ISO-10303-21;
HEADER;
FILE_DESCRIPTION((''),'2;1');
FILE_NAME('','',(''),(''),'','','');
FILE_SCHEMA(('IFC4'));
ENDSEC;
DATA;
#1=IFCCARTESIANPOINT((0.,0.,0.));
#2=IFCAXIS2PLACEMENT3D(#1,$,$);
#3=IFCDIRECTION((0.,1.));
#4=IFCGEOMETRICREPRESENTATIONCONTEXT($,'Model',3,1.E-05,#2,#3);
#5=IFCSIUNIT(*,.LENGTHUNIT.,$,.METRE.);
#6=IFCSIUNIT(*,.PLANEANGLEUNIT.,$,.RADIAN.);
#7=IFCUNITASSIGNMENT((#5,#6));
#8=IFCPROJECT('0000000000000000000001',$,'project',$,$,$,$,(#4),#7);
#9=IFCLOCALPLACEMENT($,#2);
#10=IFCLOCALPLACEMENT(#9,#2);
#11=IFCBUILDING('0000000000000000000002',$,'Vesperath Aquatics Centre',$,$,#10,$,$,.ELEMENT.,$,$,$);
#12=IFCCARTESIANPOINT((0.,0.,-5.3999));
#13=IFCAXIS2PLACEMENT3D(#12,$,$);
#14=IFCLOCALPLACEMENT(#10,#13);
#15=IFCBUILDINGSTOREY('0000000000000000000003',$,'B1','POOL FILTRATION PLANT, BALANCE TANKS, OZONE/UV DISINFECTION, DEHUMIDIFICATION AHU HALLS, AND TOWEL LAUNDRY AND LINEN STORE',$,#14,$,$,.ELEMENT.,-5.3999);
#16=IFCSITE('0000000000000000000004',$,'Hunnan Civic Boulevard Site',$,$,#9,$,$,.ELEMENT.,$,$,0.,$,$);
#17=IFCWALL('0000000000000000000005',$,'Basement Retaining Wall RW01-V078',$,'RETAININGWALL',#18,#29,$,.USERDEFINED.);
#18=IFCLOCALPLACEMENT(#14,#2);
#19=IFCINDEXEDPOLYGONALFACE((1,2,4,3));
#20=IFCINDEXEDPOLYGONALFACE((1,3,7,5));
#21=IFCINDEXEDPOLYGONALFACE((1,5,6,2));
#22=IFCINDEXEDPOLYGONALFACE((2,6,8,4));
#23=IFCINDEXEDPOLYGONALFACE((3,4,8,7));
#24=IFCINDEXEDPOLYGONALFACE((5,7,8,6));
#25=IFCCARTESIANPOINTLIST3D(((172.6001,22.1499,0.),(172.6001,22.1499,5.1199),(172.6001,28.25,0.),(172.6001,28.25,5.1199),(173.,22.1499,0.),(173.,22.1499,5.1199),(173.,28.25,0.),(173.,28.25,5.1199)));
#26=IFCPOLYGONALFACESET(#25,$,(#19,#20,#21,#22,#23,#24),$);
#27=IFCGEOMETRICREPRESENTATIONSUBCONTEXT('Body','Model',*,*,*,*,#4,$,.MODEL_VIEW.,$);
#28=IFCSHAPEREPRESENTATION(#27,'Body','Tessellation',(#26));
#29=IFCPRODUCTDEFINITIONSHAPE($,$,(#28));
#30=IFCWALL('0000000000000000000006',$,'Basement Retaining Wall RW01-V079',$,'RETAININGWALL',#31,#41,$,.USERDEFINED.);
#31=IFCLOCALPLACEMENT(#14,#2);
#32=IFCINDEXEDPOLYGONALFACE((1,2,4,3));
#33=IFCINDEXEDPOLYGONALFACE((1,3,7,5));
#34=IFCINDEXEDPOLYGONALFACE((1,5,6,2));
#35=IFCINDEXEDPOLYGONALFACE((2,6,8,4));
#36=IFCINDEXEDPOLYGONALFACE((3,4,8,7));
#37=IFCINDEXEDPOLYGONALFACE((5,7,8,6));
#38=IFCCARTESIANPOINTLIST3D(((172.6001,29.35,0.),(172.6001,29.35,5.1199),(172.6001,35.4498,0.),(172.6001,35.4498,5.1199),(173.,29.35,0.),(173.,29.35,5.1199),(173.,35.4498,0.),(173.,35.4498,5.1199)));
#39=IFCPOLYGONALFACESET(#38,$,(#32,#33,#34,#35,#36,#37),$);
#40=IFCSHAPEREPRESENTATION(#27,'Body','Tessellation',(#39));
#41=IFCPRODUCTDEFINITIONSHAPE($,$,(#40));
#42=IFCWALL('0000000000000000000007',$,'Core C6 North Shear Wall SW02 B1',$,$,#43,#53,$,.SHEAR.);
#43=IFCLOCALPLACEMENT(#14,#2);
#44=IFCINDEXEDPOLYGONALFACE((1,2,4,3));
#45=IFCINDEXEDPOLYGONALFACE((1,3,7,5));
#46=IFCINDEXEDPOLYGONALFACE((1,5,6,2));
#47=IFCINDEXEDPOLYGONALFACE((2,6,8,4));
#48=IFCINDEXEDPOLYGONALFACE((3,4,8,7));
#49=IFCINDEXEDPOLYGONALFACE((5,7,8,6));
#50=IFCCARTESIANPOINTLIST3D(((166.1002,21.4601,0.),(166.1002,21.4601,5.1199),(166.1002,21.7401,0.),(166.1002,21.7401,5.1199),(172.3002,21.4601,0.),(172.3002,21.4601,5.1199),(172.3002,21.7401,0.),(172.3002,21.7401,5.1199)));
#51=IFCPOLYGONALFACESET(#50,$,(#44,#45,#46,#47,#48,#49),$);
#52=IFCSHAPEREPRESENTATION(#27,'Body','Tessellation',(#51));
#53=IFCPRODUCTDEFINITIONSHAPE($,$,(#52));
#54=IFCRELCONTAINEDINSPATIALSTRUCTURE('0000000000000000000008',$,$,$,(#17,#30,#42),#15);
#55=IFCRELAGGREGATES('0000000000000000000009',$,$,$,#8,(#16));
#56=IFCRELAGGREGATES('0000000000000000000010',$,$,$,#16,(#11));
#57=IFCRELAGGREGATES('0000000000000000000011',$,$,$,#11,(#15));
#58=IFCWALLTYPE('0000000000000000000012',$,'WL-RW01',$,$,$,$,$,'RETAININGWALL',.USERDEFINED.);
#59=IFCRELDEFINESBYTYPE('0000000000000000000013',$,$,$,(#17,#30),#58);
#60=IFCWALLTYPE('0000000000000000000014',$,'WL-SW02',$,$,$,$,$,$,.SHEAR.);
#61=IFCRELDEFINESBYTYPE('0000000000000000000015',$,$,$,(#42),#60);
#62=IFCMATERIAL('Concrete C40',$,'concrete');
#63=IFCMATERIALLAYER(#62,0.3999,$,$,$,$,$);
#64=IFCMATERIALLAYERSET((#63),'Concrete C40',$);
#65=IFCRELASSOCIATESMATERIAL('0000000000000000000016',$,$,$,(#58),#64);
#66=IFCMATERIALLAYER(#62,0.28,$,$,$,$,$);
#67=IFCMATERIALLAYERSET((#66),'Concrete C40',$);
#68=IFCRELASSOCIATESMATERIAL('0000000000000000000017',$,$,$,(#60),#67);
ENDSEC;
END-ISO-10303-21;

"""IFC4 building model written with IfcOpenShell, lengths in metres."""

from ifc_helpers import new_model, si_unit, direction, frame, frame_2d, origin, place, context, subcontext, project, spatial, rectangle, extrude, material, layer, layer_set, type_object, element, save


model = new_model("IFC4")

# Units and contexts
model_context = context("Model", 3, precision=1e-05, world=origin(), true_north=direction((0.0, 1.0)))
body_context = subcontext(model_context, "Body", "Model", "MODEL_VIEW")
ifc_project = project(units=[si_unit("LENGTHUNIT", "METRE"), si_unit("PLANEANGLEUNIT", "RADIAN")], contexts=[model_context])

# Site, building, storey
site_placement = place(None, origin())
site = spatial("IfcSite", under=ifc_project, at=site_placement, Name="Hunnan Civic Boulevard Site", CompositionType="ELEMENT", RefElevation=0.0)
building_placement = place(site_placement, origin())
building = spatial("IfcBuilding", under=site, at=building_placement, Name="Vesperath Aquatics Centre", CompositionType="ELEMENT")
storey_placement = place(building_placement, frame((0.0, 0.0, -5.3999)))
storey = spatial("IfcBuildingStorey", under=building, at=storey_placement, Name="B1", Description="POOL FILTRATION PLANT, BALANCE TANKS, OZONE/UV DISINFECTION, DEHUMIDIFICATION AHU HALLS, AND TOWEL LAUNDRY AND LINEN STORE", CompositionType="ELEMENT", Elevation=-5.3999)

# Shared definitions
ifc_material_1 = material(Name="Concrete C40", Category="concrete")

# Walls
ifc_layer_1 = layer(ifc_material_1, 0.3999)
ifc_layer_set_1 = layer_set([ifc_layer_1], Name="Concrete C40")
wall_type_1 = type_object("IfcWallType", Name="WL-RW01", ElementType="RETAININGWALL", PredefinedType="USERDEFINED", material=ifc_layer_set_1)
wall_1_placement = place(storey_placement, frame((172.8, 22.1499, 0.0), z_axis=(0.0, 0.0, 1.0), x_axis=(0.0, 1.0, 0.0)))
element("IfcWall", 1, at=wall_1_placement, inside=storey, type_object=wall_type_1, Name="Basement Retaining Wall RW01-V078", ObjectType="RETAININGWALL", PredefinedType="USERDEFINED", context=body_context, shape_type="SweptSolid", body=[
    extrude(rectangle(XDim=6.1001, YDim=0.3999, at=frame_2d((3.05, 0.0))), origin(), (0.0, 0.0, 1.0), 5.1199),
])
wall_2_placement = place(storey_placement, frame((172.8, 29.3501, 0.0), z_axis=(0.0, 0.0, 1.0), x_axis=(0.0, 1.0, 0.0)))
element("IfcWall", 2, at=wall_2_placement, inside=storey, type_object=wall_type_1, Name="Basement Retaining Wall RW01-V079", ObjectType="RETAININGWALL", PredefinedType="USERDEFINED", context=body_context, shape_type="SweptSolid", body=[
    extrude(rectangle(XDim=6.0999, YDim=0.3999, at=frame_2d((3.0498, 0.0))), origin(), (0.0, 0.0, 1.0), 5.1199),
])
ifc_layer_2 = layer(ifc_material_1, 0.28)
ifc_layer_set_2 = layer_set([ifc_layer_2], Name="Concrete C40")
wall_type_2 = type_object("IfcWallType", Name="WL-SW02", PredefinedType="SHEAR", material=ifc_layer_set_2)
wall_3_placement = place(storey_placement, frame((166.1001, 21.6001, 0.0), z_axis=(0.0, 0.0, 1.0), x_axis=(1.0, 0.0, 0.0)))
element("IfcWall", 3, at=wall_3_placement, inside=storey, type_object=wall_type_2, Name="Core C6 North Shear Wall SW02 B1", PredefinedType="SHEAR", context=body_context, shape_type="SweptSolid", body=[
    extrude(rectangle(XDim=6.2, YDim=0.28, at=frame_2d((3.1001, 0.0))), origin(), (0.0, 0.0, 1.0), 5.1199),
])

save(model, "model.ifc")
